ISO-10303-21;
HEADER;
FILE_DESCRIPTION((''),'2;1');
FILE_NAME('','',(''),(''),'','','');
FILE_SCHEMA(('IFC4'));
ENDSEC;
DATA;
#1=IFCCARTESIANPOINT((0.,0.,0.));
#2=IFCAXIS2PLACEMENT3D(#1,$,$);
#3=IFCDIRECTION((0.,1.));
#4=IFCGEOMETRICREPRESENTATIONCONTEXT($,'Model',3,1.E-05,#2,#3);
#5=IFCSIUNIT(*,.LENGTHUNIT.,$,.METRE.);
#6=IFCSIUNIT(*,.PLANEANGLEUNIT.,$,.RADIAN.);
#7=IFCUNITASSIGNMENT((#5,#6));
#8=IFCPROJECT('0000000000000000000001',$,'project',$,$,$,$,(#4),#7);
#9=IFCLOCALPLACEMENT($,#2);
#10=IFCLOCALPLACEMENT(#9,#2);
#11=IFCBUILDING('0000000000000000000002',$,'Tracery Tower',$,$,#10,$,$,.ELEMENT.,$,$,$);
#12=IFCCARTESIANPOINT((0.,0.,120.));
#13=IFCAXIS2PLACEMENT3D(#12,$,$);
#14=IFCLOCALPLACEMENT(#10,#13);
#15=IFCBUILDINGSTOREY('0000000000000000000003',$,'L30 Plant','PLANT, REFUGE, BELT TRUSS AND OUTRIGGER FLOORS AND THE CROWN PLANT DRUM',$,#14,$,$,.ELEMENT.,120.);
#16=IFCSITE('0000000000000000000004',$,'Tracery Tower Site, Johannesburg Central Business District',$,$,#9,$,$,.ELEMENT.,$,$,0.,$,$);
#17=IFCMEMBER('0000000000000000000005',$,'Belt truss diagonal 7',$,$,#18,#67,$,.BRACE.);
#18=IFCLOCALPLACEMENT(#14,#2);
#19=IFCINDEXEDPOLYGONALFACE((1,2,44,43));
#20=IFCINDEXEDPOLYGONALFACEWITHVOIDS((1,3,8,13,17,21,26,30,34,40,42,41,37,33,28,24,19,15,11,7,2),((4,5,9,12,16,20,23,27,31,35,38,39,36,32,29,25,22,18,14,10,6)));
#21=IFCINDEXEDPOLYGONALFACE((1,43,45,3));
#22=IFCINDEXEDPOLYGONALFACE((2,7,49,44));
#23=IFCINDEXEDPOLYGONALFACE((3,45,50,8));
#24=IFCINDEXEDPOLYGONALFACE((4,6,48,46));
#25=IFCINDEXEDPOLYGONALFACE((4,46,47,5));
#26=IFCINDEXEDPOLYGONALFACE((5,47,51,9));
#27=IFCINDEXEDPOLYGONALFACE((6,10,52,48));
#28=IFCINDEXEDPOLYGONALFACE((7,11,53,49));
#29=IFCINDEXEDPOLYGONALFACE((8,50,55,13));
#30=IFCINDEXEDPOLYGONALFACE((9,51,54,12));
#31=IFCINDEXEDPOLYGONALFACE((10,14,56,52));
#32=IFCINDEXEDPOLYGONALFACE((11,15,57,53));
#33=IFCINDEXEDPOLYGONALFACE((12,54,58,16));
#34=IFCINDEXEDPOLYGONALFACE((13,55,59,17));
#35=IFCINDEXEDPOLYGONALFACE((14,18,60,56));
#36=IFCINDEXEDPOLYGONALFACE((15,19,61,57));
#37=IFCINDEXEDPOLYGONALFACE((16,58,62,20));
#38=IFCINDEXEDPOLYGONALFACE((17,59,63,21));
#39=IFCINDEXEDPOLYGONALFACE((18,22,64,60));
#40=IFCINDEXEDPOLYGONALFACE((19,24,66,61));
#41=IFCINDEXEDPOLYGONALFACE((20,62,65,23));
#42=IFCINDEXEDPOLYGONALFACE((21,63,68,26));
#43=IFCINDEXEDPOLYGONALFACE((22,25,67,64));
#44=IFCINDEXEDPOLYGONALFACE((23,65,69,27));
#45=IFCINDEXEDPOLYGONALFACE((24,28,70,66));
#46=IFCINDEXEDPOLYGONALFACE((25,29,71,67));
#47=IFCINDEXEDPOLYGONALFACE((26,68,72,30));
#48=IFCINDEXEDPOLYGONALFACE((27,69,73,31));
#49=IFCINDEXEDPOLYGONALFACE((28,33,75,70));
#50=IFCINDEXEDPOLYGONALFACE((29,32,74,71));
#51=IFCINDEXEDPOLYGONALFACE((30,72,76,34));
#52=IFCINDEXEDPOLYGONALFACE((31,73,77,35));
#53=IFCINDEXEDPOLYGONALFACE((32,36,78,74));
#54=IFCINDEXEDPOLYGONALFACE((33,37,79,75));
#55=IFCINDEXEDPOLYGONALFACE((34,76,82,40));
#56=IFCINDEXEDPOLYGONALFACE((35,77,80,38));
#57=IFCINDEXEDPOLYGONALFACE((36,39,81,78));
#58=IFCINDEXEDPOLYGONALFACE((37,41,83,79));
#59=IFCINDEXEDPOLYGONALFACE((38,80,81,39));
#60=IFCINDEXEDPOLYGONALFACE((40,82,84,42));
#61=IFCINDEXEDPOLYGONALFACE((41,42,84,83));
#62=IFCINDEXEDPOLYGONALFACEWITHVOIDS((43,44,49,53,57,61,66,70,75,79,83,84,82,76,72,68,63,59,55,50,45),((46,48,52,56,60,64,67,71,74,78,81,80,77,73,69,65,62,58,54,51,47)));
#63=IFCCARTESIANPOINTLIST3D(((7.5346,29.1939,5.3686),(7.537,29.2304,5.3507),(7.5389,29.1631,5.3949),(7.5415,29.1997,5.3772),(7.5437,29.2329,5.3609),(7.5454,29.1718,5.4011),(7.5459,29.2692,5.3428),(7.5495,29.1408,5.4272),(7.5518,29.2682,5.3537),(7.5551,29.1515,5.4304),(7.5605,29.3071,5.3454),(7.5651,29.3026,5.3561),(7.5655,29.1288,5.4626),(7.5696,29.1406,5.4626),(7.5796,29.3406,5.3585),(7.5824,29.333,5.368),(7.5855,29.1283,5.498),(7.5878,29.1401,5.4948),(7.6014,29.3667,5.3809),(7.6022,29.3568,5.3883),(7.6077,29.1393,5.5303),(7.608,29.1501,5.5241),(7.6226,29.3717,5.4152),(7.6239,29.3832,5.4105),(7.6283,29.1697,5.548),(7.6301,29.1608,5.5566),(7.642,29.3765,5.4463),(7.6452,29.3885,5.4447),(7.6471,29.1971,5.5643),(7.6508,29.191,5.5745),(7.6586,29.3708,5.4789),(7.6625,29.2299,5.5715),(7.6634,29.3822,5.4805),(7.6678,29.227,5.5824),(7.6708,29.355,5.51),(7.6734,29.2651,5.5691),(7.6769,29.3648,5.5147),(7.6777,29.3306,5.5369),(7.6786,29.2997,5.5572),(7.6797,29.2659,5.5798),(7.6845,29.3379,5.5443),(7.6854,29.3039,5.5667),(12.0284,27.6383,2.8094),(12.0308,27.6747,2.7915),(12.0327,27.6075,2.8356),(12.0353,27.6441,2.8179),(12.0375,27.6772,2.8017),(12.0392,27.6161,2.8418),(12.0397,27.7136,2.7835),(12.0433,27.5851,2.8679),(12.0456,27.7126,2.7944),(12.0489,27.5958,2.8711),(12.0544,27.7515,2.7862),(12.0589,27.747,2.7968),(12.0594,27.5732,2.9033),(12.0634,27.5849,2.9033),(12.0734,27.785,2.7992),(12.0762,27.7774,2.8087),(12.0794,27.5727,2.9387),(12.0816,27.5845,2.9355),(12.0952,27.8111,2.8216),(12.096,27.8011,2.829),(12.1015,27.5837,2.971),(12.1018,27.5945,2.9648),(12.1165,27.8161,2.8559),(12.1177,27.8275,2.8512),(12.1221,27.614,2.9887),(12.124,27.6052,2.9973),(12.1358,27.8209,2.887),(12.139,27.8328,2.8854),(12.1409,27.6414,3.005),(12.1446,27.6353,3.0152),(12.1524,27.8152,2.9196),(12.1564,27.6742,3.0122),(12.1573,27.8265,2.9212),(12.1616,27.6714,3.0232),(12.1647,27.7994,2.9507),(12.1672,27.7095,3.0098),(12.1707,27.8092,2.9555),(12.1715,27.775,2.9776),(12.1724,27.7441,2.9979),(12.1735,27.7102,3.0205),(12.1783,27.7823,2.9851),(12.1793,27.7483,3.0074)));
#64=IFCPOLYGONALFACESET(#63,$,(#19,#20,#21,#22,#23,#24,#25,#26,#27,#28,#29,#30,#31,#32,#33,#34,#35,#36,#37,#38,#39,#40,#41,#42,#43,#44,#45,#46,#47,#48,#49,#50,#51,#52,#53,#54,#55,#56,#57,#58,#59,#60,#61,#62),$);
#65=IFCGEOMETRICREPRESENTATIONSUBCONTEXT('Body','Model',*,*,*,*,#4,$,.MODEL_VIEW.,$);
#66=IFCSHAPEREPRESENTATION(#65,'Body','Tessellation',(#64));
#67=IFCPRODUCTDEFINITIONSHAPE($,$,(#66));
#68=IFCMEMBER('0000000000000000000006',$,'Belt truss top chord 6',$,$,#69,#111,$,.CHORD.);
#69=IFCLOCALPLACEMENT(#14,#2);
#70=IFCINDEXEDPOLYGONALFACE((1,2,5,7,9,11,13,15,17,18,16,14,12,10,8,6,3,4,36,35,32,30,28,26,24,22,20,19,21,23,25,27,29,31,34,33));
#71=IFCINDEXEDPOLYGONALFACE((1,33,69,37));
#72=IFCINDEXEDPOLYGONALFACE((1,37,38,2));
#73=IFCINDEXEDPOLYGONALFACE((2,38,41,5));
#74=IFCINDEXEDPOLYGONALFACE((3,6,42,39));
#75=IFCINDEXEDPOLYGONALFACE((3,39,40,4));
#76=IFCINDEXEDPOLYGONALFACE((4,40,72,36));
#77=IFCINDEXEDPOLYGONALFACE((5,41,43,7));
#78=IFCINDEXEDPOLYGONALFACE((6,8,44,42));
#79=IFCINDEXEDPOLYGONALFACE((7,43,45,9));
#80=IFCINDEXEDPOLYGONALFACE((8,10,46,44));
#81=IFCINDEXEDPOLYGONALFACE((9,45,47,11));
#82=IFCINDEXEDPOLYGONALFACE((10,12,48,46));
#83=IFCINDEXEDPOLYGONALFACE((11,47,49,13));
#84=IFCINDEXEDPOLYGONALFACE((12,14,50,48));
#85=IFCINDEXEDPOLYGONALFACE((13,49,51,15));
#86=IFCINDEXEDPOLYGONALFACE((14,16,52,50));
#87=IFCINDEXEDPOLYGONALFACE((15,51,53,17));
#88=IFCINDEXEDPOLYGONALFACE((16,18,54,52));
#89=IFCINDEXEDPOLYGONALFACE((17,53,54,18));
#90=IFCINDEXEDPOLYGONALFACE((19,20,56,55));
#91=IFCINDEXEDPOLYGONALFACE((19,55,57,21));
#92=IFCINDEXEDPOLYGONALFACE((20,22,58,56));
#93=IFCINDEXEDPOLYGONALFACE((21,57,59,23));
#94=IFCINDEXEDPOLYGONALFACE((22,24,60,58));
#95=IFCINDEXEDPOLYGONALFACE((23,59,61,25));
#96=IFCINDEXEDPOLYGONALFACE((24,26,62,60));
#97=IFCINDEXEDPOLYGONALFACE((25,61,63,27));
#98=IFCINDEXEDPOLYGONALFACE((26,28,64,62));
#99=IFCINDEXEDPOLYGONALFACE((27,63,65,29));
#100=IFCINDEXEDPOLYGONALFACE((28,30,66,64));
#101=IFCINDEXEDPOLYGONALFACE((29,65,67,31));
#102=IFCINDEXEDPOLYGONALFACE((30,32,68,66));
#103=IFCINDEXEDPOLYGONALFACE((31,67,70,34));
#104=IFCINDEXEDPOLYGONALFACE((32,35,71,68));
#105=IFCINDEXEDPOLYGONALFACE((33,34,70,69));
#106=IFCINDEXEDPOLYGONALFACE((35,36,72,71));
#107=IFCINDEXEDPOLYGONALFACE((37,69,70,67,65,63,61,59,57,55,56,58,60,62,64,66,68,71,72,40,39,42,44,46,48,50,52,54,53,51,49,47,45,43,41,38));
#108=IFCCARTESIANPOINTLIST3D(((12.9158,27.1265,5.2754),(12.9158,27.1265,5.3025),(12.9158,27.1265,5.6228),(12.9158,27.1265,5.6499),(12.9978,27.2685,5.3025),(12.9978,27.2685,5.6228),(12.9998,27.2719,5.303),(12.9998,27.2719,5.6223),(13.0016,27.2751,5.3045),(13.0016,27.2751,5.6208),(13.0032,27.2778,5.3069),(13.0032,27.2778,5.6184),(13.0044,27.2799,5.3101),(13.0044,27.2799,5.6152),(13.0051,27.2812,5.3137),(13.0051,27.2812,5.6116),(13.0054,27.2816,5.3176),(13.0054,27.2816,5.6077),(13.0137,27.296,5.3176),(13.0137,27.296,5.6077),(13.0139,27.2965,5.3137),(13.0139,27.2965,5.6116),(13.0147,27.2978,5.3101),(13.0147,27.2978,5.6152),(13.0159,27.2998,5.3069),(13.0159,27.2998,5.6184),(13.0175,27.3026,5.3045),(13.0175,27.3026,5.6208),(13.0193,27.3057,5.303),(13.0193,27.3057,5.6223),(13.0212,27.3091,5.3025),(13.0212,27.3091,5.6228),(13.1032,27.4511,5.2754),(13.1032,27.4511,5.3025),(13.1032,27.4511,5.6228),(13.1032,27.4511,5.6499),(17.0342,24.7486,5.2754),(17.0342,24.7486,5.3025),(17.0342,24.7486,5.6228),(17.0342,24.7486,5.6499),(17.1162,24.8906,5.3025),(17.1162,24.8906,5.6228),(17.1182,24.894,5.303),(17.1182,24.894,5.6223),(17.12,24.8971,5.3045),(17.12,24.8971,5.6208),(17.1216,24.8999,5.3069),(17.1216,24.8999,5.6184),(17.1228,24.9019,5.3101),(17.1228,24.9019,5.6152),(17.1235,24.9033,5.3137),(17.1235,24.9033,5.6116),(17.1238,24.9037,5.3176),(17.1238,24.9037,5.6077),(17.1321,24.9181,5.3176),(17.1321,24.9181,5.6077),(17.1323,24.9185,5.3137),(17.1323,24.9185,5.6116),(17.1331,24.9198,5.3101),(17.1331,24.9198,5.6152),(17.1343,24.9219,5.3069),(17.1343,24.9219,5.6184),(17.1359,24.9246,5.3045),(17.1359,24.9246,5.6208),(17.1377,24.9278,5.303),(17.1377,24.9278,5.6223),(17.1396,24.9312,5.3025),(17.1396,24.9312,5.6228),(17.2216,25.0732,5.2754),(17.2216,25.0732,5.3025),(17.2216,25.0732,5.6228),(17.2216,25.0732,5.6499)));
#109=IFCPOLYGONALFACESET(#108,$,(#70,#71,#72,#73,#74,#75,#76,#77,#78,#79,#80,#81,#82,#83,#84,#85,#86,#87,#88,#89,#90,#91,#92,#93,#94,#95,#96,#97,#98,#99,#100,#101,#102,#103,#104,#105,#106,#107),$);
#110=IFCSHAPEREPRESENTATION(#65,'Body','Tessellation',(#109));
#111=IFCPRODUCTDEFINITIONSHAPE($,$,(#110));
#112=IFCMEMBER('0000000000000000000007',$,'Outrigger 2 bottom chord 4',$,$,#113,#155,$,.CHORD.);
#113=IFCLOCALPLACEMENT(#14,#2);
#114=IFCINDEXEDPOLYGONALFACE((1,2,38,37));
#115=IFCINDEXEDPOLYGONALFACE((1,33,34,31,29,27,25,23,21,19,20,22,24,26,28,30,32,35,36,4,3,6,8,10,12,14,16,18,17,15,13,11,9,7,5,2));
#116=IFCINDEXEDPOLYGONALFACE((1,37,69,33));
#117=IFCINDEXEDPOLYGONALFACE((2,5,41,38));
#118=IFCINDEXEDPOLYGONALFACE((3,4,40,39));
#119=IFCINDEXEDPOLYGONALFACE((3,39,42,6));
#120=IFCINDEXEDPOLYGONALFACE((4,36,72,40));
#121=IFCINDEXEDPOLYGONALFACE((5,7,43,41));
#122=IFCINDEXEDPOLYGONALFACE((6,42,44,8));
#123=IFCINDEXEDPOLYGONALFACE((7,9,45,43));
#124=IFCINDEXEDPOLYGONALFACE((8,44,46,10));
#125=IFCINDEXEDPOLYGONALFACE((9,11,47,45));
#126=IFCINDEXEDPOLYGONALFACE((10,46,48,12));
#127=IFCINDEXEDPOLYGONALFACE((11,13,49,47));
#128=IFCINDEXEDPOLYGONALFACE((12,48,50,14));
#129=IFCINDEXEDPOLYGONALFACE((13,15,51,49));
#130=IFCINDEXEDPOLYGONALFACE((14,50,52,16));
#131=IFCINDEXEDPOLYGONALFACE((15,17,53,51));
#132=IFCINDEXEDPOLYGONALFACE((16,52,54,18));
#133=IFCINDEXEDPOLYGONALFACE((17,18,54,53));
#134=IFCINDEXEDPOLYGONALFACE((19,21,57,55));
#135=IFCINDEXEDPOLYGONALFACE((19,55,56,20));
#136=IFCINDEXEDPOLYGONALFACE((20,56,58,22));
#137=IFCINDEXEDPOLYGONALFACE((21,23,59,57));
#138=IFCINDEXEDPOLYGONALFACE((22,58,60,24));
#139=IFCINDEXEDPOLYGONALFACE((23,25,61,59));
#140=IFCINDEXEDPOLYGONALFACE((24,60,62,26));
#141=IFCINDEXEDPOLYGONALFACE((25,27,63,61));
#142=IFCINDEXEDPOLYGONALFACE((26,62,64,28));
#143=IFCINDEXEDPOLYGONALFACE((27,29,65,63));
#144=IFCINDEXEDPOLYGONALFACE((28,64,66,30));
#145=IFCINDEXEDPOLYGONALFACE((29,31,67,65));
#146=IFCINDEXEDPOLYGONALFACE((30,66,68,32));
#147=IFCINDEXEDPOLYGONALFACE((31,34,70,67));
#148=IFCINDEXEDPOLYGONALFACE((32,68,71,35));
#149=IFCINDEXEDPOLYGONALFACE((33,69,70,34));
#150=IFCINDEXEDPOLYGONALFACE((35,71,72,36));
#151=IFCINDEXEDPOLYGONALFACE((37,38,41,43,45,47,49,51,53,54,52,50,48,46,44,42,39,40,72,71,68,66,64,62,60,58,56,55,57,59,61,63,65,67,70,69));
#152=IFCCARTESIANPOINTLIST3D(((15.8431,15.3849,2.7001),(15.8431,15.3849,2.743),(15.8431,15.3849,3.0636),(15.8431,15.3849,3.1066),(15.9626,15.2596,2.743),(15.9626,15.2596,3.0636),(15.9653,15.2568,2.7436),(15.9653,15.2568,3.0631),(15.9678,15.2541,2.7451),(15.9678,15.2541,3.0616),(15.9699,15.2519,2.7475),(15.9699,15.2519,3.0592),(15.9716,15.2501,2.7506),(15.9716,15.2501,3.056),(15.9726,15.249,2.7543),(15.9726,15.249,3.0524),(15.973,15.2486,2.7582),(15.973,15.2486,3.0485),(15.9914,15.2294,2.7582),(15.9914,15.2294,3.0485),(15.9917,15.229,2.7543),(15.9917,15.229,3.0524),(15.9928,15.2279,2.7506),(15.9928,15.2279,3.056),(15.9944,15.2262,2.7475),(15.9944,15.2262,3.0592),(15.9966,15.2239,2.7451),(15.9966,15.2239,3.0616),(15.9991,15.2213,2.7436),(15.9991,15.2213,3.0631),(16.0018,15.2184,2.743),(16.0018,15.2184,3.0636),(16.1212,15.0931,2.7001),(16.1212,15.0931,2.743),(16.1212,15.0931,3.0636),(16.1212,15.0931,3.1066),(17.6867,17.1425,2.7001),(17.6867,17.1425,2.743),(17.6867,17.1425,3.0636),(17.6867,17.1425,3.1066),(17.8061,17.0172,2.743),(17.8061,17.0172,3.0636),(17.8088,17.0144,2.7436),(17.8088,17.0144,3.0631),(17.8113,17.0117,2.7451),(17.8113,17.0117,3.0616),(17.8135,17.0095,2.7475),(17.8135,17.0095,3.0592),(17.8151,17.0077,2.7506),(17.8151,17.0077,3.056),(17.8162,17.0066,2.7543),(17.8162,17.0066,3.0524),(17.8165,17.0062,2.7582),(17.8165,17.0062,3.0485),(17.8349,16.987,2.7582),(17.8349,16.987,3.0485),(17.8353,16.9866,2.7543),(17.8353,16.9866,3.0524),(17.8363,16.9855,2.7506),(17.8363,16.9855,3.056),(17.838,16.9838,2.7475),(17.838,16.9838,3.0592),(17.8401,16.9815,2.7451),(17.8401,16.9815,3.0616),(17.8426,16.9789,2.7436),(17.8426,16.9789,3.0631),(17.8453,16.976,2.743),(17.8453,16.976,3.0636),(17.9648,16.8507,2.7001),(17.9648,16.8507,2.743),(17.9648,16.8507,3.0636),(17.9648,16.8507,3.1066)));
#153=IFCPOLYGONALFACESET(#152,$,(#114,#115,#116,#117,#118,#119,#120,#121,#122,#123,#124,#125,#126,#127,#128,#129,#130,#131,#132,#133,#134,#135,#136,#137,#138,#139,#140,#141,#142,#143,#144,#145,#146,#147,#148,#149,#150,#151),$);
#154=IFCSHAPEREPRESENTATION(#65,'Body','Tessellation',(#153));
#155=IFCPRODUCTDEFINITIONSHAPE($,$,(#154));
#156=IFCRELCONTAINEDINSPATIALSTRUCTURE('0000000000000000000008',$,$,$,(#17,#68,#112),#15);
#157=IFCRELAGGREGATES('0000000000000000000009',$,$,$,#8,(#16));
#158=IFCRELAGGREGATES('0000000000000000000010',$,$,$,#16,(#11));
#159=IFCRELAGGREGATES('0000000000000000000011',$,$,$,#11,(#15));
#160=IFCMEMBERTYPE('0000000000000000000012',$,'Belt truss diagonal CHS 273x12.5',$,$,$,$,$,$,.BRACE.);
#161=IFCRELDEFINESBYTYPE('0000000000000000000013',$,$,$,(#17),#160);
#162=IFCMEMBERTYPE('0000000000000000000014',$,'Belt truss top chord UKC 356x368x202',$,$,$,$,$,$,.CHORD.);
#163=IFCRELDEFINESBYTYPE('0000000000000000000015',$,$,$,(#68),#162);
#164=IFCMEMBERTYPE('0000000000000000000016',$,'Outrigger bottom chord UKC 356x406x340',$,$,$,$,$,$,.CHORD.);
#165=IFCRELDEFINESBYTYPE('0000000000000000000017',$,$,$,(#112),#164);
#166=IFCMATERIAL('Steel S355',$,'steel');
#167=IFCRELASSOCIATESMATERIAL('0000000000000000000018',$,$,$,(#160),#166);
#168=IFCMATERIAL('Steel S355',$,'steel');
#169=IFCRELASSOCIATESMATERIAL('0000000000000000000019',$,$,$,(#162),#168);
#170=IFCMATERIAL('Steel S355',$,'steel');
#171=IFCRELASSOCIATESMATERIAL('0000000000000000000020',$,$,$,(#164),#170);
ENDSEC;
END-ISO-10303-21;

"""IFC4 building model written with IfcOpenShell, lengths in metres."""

from ifc_helpers import new_model, si_unit, direction, frame, origin, origin_2d, place, context, subcontext, project, spatial, hollow_circle, i_section, extrude, material, material_profile, profile_set, type_object, element, save


model = new_model("IFC4")

# Units and contexts
model_context = context("Model", 3, precision=1e-05, world=origin(), true_north=direction((0.0, 1.0)))
body_context = subcontext(model_context, "Body", "Model", "MODEL_VIEW")
ifc_project = project(units=[si_unit("LENGTHUNIT", "METRE"), si_unit("PLANEANGLEUNIT", "RADIAN")], contexts=[model_context])

# Site, building, storey
site_placement = place(None, origin())
site = spatial("IfcSite", under=ifc_project, at=site_placement, Name="Tracery Tower Site, Johannesburg Central Business District", CompositionType="ELEMENT", RefElevation=0.0)
building_placement = place(site_placement, origin())
building = spatial("IfcBuilding", under=site, at=building_placement, Name="Tracery Tower", CompositionType="ELEMENT")
storey_placement = place(building_placement, frame((0.0, 0.0, 120.0)))
storey = spatial("IfcBuildingStorey", under=building, at=storey_placement, Name="L30 Plant", Description="PLANT, REFUGE, BELT TRUSS AND OUTRIGGER FLOORS AND THE CROWN PLANT DRUM", CompositionType="ELEMENT", Elevation=120.0)

# Members
ifc_material_1 = material(Name="Steel S355", Category="steel")
ifc_material_profile_1 = material_profile(ifc_material_1, hollow_circle(Radius=0.1365, WallThickness=0.0125, at=origin_2d()), Name="CHS 273x12.5")
ifc_profile_set_1 = profile_set([ifc_material_profile_1], Name="Steel S355")
member_type_1 = type_object("IfcMemberType", Name="Belt truss diagonal CHS 273x12.5", PredefinedType="BRACE", material=ifc_profile_set_1)
member_1_placement = place(storey_placement, frame((12.104, 27.7021, 2.9033), z_axis=(-0.832127, 0.28806, 0.473906), x_axis=(-0.327126, -0.944981, 0.0)))
element("IfcMember", 1, at=member_1_placement, inside=storey, type_object=member_type_1, Name="Belt truss diagonal 7", PredefinedType="BRACE", context=body_context, shape_type="SweptSolid", body=[
    extrude(hollow_circle(Radius=0.1365, WallThickness=0.0125, at=origin_2d()), origin(), (0.0, 0.0, 1.0), 5.4004),
])
ifc_material_2 = material(Name="Steel S355", Category="steel")
ifc_material_profile_2 = material_profile(ifc_material_2, i_section(OverallWidth=0.3748, OverallDepth=0.3745, WebThickness=0.0166, FlangeThickness=0.0271, FilletRadius=0.0151, at=origin_2d()), Name="UKC 356x368x202")
ifc_profile_set_2 = profile_set([ifc_material_profile_2], Name="Steel S355")
member_type_2 = type_object("IfcMemberType", Name="Belt truss top chord UKC 356x368x202", PredefinedType="CHORD", material=ifc_profile_set_2)
member_2_placement = place(storey_placement, frame((17.1279, 24.9109, 5.4626), z_axis=(-0.86601, 0.500026, 0.0), x_axis=(-0.500026, -0.86601, 0.0)))
element("IfcMember", 2, at=member_2_placement, inside=storey, type_object=member_type_2, Name="Belt truss top chord 6", PredefinedType="CHORD", context=body_context, shape_type="SweptSolid", body=[
    extrude(i_section(OverallWidth=0.3748, OverallDepth=0.3745, WebThickness=0.0166, FlangeThickness=0.0271, FilletRadius=0.0151, at=origin_2d()), origin(), (0.0, 0.0, 1.0), 4.7556),
])
ifc_material_3 = material(Name="Steel S355", Category="steel")
ifc_material_profile_3 = material_profile(ifc_material_3, i_section(OverallWidth=0.4031, OverallDepth=0.4065, WebThickness=0.0266, FlangeThickness=0.043, FilletRadius=0.0151, at=origin_2d()), Name="UKC 356x406x340")
ifc_profile_set_3 = profile_set([ifc_material_profile_3], Name="Steel S355")
member_type_3 = type_object("IfcMemberType", Name="Outrigger bottom chord UKC 356x406x340", PredefinedType="CHORD", material=ifc_profile_set_3)
for number, where, z_axis, x_axis, name in (
    (3, (15.9822, 15.239, 2.9033), (0.723775, 0.690036, 0.0), (-0.690036, 0.723775, 0.0), "Outrigger 2 bottom chord 4"),
):
    element("IfcMember", number, at=place(storey_placement, frame(where, z_axis=z_axis, x_axis=x_axis)), inside=storey, type_object=member_type_3, Name=name, PredefinedType="CHORD", context=body_context, shape_type="SweptSolid", body=[
        extrude(i_section(OverallWidth=0.4031, OverallDepth=0.4065, WebThickness=0.0266, FlangeThickness=0.043, FilletRadius=0.0151, at=origin_2d()), origin(), (0.0, 0.0, 1.0), 2.5471),
    ])

save(model, "model.ifc")
